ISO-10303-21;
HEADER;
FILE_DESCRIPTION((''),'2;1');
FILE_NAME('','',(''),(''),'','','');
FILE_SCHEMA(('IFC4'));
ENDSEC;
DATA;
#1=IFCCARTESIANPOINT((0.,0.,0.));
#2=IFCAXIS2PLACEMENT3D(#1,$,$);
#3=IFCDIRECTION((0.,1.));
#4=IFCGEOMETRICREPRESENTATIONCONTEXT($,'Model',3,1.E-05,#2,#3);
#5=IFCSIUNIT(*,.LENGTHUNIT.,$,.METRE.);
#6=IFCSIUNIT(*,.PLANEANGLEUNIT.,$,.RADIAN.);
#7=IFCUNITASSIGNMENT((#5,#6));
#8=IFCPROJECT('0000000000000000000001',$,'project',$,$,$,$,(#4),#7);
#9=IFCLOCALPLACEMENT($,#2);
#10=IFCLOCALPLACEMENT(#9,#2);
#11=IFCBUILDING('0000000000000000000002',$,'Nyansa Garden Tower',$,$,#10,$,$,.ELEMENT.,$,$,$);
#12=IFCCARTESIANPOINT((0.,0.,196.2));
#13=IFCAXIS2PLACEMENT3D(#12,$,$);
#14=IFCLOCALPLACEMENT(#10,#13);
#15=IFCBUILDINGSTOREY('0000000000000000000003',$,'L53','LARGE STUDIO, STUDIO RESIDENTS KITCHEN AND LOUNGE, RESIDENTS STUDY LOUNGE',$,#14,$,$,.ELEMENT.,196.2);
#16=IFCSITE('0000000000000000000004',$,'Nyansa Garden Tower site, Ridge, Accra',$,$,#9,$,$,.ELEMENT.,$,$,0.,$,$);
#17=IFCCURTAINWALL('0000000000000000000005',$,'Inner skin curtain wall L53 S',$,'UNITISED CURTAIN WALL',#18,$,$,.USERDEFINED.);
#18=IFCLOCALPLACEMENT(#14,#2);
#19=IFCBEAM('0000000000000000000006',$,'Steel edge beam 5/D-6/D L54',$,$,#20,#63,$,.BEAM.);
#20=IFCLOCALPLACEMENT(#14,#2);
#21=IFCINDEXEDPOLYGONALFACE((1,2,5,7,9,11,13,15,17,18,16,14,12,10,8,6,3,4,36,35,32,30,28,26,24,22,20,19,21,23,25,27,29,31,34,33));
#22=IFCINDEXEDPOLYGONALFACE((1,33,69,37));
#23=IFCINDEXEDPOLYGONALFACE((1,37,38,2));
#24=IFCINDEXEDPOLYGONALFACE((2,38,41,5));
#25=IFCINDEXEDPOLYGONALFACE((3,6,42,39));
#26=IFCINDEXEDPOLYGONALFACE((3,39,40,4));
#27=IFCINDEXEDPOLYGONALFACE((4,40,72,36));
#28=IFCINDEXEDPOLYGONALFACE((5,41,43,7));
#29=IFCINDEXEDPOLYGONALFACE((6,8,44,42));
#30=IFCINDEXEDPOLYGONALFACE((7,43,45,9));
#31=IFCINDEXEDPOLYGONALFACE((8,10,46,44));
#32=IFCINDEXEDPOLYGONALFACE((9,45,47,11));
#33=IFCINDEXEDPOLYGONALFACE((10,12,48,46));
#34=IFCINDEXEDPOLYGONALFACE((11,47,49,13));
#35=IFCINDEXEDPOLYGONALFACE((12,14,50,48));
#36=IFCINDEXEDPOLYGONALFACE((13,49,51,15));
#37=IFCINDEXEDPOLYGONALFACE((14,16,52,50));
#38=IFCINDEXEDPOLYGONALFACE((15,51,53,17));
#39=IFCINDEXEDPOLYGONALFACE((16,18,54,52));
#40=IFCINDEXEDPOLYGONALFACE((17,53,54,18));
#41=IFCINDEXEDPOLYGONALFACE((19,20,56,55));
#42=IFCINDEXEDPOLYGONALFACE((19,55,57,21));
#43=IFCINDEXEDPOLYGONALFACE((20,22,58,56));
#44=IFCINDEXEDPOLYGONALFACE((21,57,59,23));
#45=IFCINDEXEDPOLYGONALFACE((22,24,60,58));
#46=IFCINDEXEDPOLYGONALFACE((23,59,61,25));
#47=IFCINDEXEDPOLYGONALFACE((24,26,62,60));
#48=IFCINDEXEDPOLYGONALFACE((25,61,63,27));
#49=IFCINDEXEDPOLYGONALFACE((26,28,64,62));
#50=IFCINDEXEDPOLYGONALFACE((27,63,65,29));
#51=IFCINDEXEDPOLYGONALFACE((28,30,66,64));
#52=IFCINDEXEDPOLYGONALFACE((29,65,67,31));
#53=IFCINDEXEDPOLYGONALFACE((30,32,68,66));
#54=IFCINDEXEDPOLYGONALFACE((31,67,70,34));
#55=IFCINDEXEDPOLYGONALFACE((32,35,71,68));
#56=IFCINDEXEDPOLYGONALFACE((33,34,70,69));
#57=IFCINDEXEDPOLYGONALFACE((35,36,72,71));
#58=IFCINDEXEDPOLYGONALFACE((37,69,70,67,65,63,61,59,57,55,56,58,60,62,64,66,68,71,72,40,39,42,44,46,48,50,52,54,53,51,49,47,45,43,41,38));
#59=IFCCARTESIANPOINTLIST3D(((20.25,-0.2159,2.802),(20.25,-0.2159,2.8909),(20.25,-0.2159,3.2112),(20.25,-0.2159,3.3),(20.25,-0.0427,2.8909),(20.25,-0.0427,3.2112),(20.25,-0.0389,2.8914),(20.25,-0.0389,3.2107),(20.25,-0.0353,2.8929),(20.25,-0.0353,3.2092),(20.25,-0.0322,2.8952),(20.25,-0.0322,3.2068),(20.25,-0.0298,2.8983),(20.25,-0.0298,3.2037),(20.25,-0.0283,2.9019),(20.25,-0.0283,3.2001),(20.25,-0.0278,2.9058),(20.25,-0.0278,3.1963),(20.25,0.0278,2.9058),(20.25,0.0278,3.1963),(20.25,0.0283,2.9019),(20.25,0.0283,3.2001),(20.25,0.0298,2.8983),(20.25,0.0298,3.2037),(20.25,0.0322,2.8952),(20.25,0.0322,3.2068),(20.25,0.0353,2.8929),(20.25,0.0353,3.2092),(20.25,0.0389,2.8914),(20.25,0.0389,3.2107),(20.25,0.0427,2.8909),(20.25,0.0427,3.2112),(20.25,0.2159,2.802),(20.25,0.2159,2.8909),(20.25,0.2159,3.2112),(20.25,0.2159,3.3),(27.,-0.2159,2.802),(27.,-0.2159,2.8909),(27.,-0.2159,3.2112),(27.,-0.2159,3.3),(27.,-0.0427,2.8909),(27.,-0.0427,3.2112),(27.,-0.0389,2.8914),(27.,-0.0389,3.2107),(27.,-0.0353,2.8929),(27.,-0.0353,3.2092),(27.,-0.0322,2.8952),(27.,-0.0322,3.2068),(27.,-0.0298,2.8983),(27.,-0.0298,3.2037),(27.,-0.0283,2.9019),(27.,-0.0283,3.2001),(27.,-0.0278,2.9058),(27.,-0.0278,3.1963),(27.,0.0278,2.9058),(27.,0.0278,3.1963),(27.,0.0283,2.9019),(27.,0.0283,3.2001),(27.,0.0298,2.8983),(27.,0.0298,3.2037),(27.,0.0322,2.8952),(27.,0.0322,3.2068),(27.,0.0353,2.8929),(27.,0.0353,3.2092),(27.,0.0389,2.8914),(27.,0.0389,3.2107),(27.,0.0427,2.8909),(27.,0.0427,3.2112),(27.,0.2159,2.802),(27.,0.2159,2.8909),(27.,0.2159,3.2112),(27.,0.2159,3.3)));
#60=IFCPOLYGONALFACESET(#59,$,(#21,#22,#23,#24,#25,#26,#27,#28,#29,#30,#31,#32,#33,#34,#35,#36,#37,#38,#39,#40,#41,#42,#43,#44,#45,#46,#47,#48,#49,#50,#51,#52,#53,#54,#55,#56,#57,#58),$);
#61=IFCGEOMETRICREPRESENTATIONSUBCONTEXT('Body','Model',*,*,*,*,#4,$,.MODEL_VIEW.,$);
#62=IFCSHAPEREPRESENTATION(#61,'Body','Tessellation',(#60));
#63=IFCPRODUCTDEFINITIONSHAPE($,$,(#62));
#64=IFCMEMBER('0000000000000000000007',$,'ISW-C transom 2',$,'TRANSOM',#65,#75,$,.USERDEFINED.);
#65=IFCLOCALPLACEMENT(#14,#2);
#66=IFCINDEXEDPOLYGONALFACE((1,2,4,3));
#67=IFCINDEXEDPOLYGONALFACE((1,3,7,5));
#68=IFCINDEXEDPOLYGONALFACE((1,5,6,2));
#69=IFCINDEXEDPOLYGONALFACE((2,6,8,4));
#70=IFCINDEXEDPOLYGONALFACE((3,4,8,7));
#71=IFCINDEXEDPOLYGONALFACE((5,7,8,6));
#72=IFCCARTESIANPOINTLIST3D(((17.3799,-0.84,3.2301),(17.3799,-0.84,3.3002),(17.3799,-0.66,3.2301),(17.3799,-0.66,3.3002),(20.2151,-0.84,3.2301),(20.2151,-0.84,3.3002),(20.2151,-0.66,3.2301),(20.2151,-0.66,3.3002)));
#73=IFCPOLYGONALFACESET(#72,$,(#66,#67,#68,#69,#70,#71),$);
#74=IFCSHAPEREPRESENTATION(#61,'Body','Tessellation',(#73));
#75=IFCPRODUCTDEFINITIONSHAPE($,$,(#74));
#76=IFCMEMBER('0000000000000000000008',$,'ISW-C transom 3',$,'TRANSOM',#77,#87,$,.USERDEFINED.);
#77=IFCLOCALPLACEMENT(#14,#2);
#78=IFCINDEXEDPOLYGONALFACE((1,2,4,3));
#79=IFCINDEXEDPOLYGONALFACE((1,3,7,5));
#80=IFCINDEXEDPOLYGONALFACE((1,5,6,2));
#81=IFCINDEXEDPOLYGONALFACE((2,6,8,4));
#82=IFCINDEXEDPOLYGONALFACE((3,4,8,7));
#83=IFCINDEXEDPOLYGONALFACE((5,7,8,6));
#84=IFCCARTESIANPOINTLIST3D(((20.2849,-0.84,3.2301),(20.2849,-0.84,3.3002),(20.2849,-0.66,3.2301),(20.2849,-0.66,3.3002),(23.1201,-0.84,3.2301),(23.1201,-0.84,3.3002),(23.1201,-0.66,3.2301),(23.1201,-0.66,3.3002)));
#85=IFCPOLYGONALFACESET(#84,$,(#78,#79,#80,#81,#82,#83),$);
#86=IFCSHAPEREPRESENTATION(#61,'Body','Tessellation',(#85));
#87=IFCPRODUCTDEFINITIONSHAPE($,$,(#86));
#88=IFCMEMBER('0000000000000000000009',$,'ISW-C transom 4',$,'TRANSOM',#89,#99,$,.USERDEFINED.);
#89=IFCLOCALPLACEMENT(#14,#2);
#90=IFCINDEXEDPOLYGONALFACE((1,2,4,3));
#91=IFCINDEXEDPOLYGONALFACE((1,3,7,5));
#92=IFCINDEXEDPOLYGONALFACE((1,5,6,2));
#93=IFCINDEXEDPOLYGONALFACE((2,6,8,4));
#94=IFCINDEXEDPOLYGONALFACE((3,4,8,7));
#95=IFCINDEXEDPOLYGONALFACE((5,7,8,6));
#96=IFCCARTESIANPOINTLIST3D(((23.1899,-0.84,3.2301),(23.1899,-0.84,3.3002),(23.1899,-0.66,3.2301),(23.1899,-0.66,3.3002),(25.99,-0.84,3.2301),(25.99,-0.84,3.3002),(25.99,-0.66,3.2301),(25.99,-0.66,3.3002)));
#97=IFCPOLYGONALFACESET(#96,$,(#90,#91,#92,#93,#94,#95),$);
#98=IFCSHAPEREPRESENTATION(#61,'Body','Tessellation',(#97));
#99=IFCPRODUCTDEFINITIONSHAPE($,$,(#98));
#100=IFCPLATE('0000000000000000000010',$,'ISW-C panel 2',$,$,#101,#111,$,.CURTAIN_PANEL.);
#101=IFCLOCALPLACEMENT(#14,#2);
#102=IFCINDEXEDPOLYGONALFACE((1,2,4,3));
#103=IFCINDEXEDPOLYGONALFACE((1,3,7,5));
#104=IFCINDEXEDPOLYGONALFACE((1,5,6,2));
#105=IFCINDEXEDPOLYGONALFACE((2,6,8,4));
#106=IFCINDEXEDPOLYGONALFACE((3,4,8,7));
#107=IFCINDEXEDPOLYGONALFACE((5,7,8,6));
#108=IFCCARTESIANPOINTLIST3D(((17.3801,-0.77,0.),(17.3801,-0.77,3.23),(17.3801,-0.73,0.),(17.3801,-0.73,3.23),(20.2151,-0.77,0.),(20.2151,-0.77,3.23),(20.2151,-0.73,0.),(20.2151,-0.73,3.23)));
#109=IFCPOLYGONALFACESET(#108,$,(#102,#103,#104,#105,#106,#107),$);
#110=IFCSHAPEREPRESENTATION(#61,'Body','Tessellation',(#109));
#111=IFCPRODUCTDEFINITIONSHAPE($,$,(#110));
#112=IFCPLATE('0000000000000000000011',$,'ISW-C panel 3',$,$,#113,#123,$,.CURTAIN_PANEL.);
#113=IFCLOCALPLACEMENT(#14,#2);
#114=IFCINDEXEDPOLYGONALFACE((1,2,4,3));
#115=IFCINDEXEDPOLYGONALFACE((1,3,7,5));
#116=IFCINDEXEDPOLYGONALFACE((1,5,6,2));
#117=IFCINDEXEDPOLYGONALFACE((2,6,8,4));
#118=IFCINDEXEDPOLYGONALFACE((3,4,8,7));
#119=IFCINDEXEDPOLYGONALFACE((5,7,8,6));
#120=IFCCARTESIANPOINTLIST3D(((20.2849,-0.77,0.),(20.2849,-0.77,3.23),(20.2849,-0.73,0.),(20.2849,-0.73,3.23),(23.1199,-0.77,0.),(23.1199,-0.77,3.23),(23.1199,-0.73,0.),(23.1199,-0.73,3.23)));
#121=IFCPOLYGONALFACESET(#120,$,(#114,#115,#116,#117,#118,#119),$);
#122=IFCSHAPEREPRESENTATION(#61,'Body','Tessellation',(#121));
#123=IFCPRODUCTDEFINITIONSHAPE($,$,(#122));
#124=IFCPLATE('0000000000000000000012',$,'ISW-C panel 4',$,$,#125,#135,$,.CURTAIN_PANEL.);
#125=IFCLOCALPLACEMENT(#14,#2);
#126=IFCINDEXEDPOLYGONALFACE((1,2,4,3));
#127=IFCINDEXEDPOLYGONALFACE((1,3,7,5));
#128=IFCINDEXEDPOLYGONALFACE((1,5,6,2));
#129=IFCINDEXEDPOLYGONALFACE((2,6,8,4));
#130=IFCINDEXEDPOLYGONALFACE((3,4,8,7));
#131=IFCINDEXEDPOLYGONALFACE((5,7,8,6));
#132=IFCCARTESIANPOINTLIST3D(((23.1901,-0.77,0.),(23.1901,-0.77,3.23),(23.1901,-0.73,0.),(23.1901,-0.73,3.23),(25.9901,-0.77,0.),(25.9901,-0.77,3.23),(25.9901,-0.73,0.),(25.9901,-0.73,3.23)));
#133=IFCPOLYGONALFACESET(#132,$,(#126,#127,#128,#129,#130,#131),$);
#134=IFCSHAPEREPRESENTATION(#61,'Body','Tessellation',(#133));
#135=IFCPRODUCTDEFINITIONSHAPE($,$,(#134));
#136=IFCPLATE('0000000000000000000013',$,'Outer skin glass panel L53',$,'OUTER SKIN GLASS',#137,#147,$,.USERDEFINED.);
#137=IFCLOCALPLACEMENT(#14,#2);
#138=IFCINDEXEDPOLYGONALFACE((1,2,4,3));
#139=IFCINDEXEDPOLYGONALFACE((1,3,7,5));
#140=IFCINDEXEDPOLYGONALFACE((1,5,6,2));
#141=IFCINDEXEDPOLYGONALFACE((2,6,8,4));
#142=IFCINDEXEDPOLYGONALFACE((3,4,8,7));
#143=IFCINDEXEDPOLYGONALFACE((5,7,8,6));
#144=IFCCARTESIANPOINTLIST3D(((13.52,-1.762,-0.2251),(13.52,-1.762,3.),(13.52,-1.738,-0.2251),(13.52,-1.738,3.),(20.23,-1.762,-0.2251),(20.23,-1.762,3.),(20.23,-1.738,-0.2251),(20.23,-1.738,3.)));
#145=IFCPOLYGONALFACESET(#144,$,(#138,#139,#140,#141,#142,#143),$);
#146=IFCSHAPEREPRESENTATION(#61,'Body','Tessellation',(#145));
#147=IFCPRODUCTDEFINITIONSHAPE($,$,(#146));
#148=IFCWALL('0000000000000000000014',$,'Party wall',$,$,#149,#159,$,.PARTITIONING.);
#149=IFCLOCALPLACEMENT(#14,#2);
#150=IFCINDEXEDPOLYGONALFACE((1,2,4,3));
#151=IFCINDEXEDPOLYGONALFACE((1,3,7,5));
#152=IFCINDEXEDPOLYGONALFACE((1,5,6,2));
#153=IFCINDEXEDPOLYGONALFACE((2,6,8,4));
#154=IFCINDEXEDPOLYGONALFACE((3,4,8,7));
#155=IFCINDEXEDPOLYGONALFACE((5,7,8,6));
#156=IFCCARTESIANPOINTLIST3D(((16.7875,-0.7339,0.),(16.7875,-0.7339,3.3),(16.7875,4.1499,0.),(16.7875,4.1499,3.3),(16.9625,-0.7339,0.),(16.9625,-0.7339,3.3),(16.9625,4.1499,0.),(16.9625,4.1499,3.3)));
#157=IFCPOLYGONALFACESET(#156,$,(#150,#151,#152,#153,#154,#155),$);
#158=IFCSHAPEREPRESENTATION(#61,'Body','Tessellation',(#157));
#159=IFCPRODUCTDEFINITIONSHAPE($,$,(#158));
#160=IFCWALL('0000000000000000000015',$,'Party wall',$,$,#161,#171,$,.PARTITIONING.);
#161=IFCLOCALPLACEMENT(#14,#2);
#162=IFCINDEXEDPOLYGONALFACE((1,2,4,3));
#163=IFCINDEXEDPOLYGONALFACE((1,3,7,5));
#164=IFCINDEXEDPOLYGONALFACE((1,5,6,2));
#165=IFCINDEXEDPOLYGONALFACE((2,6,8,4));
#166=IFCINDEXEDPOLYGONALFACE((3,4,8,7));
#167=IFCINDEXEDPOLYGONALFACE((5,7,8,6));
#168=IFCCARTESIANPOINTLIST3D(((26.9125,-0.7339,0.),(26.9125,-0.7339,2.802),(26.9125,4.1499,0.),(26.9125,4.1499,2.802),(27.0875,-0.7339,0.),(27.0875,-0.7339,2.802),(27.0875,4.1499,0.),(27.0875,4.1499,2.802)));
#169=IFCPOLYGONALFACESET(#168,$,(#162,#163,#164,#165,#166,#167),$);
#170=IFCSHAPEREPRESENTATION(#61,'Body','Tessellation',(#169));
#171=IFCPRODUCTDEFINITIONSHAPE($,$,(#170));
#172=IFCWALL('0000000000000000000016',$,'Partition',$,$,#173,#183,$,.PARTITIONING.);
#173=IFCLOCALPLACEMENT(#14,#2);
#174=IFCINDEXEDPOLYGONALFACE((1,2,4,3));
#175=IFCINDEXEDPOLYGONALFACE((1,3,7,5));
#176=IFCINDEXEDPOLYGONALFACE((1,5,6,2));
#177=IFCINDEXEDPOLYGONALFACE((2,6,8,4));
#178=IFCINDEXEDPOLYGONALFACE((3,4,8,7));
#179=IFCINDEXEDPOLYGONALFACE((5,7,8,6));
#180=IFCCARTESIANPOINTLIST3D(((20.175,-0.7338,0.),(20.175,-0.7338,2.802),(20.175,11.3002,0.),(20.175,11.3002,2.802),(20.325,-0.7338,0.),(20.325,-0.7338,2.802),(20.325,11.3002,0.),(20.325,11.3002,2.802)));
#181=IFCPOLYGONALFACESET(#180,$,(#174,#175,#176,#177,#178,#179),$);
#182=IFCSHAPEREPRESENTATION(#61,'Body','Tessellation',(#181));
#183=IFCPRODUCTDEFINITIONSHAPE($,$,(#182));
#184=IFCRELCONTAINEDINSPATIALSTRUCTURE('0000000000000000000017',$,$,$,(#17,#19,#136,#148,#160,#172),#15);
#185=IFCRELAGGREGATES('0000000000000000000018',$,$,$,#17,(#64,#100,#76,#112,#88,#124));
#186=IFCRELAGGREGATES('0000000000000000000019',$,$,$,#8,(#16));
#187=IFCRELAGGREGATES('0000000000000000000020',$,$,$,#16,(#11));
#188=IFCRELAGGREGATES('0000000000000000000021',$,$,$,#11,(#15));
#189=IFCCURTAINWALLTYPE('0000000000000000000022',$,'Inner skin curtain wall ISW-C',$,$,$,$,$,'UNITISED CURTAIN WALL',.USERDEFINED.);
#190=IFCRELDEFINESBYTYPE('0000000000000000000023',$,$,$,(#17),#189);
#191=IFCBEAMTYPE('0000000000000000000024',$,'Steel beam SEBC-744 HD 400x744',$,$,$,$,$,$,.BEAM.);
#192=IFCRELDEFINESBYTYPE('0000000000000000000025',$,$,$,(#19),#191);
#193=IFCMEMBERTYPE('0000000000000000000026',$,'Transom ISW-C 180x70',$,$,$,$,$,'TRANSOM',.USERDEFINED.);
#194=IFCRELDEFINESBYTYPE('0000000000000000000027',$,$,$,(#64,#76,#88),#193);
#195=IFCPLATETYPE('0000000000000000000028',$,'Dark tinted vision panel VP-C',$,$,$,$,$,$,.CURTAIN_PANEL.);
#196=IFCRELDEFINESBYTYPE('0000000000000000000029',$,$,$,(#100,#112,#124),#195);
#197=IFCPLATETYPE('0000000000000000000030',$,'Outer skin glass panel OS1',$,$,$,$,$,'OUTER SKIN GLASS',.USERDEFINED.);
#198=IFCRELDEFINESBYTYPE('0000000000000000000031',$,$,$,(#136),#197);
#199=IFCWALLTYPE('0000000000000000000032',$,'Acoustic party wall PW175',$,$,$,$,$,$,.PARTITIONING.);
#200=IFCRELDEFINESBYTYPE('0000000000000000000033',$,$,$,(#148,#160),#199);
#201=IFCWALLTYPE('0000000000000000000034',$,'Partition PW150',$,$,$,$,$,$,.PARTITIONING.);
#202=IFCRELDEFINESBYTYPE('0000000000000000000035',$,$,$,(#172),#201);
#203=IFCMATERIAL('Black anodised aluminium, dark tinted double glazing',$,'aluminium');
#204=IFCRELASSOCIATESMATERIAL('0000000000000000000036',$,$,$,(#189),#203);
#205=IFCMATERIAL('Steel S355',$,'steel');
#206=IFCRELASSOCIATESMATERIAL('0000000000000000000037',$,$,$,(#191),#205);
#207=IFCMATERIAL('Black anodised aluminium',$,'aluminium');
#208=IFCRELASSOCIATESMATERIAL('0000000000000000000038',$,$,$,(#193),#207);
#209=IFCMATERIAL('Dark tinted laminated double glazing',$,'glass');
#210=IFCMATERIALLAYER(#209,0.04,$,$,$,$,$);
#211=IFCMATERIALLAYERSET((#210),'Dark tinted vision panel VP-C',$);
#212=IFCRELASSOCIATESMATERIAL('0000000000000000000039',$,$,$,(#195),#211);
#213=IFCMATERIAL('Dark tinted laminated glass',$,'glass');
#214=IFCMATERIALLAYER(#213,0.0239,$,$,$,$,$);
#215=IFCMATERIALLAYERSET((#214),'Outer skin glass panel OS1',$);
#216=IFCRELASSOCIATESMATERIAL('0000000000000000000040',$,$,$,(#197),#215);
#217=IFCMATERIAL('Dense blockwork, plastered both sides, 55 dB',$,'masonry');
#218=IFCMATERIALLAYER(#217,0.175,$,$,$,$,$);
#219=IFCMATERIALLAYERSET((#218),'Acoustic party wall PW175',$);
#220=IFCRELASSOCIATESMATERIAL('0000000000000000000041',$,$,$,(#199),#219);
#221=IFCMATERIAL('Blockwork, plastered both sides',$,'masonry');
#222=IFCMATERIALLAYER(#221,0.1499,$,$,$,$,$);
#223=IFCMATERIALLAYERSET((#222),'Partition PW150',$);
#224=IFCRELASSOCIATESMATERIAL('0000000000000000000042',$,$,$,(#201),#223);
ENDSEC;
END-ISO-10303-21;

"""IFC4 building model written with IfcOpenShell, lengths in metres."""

from ifc_helpers import new_model, si_unit, direction, frame, frame_2d, origin, origin_2d, place, context, subcontext, project, spatial, rectangle, i_section, extrude, material, layer, layer_set, material_profile, profile_set, type_object, element, aggregate, save


model = new_model("IFC4")

# Units and contexts
model_context = context("Model", 3, precision=1e-05, world=origin(), true_north=direction((0.0, 1.0)))
body_context = subcontext(model_context, "Body", "Model", "MODEL_VIEW")
ifc_project = project(units=[si_unit("LENGTHUNIT", "METRE"), si_unit("PLANEANGLEUNIT", "RADIAN")], contexts=[model_context])

# Site, building, storey
site_placement = place(None, origin())
site = spatial("IfcSite", under=ifc_project, at=site_placement, Name="Nyansa Garden Tower site, Ridge, Accra", CompositionType="ELEMENT", RefElevation=0.0)
building_placement = place(site_placement, origin())
building = spatial("IfcBuilding", under=site, at=building_placement, Name="Nyansa Garden Tower", CompositionType="ELEMENT")
storey_placement = place(building_placement, frame((0.0, 0.0, 196.2)))
storey = spatial("IfcBuildingStorey", under=building, at=storey_placement, Name="L53", Description="LARGE STUDIO, STUDIO RESIDENTS KITCHEN AND LOUNGE, RESIDENTS STUDY LOUNGE", CompositionType="ELEMENT", Elevation=196.2)

# Curtain wall
ifc_material_1 = material(Name="Black anodised aluminium, dark tinted double glazing", Category="aluminium")
curtain_wall_type = type_object("IfcCurtainWallType", Name="Inner skin curtain wall ISW-C", ElementType="UNITISED CURTAIN WALL", PredefinedType="USERDEFINED", material=ifc_material_1)
curtain_wall_placement = place(storey_placement, origin())
curtain_wall = element("IfcCurtainWall", 1, at=curtain_wall_placement, inside=storey, type_object=curtain_wall_type, Name="Inner skin curtain wall L53 S", ObjectType="UNITISED CURTAIN WALL", PredefinedType="USERDEFINED")

# Beam
ifc_material_2 = material(Name="Steel S355", Category="steel")
ifc_material_profile_1 = material_profile(ifc_material_2, i_section(OverallWidth=0.4319, OverallDepth=0.498, WebThickness=0.0557, FlangeThickness=0.0889, FilletRadius=0.0149, at=origin_2d()), Name="HD 400x744")
ifc_profile_set_1 = profile_set([ifc_material_profile_1], Name="Steel S355")
beam_type_1 = type_object("IfcBeamType", Name="Steel beam SEBC-744 HD 400x744", PredefinedType="BEAM", material=ifc_profile_set_1)
beam_1_placement = place(storey_placement, frame((20.25, 0.0, 3.051), z_axis=(1.0, 0.0, 0.0), x_axis=(0.0, 1.0, 0.0)))
element("IfcBeam", 2, at=beam_1_placement, inside=storey, type_object=beam_type_1, Name="Steel edge beam 5/D-6/D L54", PredefinedType="BEAM", context=body_context, shape_type="SweptSolid", body=[
    extrude(i_section(OverallWidth=0.4319, OverallDepth=0.498, WebThickness=0.0557, FlangeThickness=0.0889, FilletRadius=0.0149, at=origin_2d()), origin(), (0.0, 0.0, 1.0), 6.75),
])

# Members
ifc_material_3 = material(Name="Black anodised aluminium", Category="aluminium")
ifc_material_profile_2 = material_profile(ifc_material_3, rectangle(XDim=0.1799, YDim=0.0701, at=origin_2d()), Name="Transom 180x70")
ifc_profile_set_2 = profile_set([ifc_material_profile_2], Name="Black anodised aluminium")
member_type_1 = type_object("IfcMemberType", Name="Transom ISW-C 180x70", ElementType="TRANSOM", PredefinedType="USERDEFINED", material=ifc_profile_set_2)
member_1_placement = place(storey_placement, frame((17.3799, -0.75, 3.2651), z_axis=(1.0, 0.0, 0.0), x_axis=(0.0, 1.0, 0.0)))
member_1 = element("IfcMember", 3, at=member_1_placement, type_object=member_type_1, Name="ISW-C transom 2", ObjectType="TRANSOM", PredefinedType="USERDEFINED", context=body_context, shape_type="SweptSolid", body=[
    extrude(rectangle(XDim=0.1799, YDim=0.0701, at=origin_2d()), origin(), (0.0, 0.0, 1.0), 2.8352),
])
member_2_placement = place(storey_placement, frame((20.2849, -0.75, 3.2651), z_axis=(1.0, 0.0, 0.0), x_axis=(0.0, 1.0, 0.0)))
member_2 = element("IfcMember", 4, at=member_2_placement, type_object=member_type_1, Name="ISW-C transom 3", ObjectType="TRANSOM", PredefinedType="USERDEFINED", context=body_context, shape_type="SweptSolid", body=[
    extrude(rectangle(XDim=0.1799, YDim=0.0701, at=origin_2d()), origin(), (0.0, 0.0, 1.0), 2.8352),
])
member_3_placement = place(storey_placement, frame((23.1899, -0.75, 3.2651), z_axis=(1.0, 0.0, 0.0), x_axis=(0.0, 1.0, 0.0)))
member_3 = element("IfcMember", 5, at=member_3_placement, type_object=member_type_1, Name="ISW-C transom 4", ObjectType="TRANSOM", PredefinedType="USERDEFINED", context=body_context, shape_type="SweptSolid", body=[
    extrude(rectangle(XDim=0.1799, YDim=0.0701, at=origin_2d()), origin(), (0.0, 0.0, 1.0), 2.8),
])

# Plates
ifc_material_4 = material(Name="Dark tinted laminated double glazing", Category="glass")
ifc_layer_1 = layer(ifc_material_4, 0.04)
ifc_layer_set_1 = layer_set([ifc_layer_1], Name="Dark tinted vision panel VP-C")
plate_type_1 = type_object("IfcPlateType", Name="Dark tinted vision panel VP-C", PredefinedType="CURTAIN_PANEL", material=ifc_layer_set_1)
plate_1_placement = place(storey_placement, frame((18.7976, -0.75, 0.0), z_axis=(0.0, 0.0, 1.0), x_axis=(1.0, 0.0, 0.0)))
plate_1 = element("IfcPlate", 6, at=plate_1_placement, type_object=plate_type_1, Name="ISW-C panel 2", PredefinedType="CURTAIN_PANEL", context=body_context, shape_type="SweptSolid", body=[
    extrude(rectangle(XDim=2.835, YDim=0.04, at=origin_2d()), origin(), (0.0, 0.0, 1.0), 3.23),
])
plate_2_placement = place(storey_placement, frame((21.7024, -0.75, 0.0), z_axis=(0.0, 0.0, 1.0), x_axis=(1.0, 0.0, 0.0)))
plate_2 = element("IfcPlate", 7, at=plate_2_placement, type_object=plate_type_1, Name="ISW-C panel 3", PredefinedType="CURTAIN_PANEL", context=body_context, shape_type="SweptSolid", body=[
    extrude(rectangle(XDim=2.835, YDim=0.04, at=origin_2d()), origin(), (0.0, 0.0, 1.0), 3.23),
])
plate_3_placement = place(storey_placement, frame((24.5901, -0.75, 0.0), z_axis=(0.0, 0.0, 1.0), x_axis=(1.0, 0.0, 0.0)))
plate_3 = element("IfcPlate", 8, at=plate_3_placement, type_object=plate_type_1, Name="ISW-C panel 4", PredefinedType="CURTAIN_PANEL", context=body_context, shape_type="SweptSolid", body=[
    extrude(rectangle(XDim=2.8, YDim=0.04, at=origin_2d()), origin(), (0.0, 0.0, 1.0), 3.23),
])
aggregate(curtain_wall, [member_1, plate_1, member_2, plate_2, member_3, plate_3])
ifc_material_5 = material(Name="Dark tinted laminated glass", Category="glass")
ifc_layer_2 = layer(ifc_material_5, 0.0239)
ifc_layer_set_2 = layer_set([ifc_layer_2], Name="Outer skin glass panel OS1")
plate_type_2 = type_object("IfcPlateType", Name="Outer skin glass panel OS1", ElementType="OUTER SKIN GLASS", PredefinedType="USERDEFINED", material=ifc_layer_set_2)
plate_4_placement = place(storey_placement, frame((16.875, -1.75, -0.2251), z_axis=(0.0, 0.0, 1.0), x_axis=(1.0, 0.0, 0.0)))
element("IfcPlate", 9, at=plate_4_placement, inside=storey, type_object=plate_type_2, Name="Outer skin glass panel L53", ObjectType="OUTER SKIN GLASS", PredefinedType="USERDEFINED", context=body_context, shape_type="SweptSolid", body=[
    extrude(rectangle(XDim=6.71, YDim=0.0239, at=origin_2d()), origin(), (0.0, 0.0, 1.0), 3.2251),
])

# Walls
ifc_material_6 = material(Name="Dense blockwork, plastered both sides, 55 dB", Category="masonry")
ifc_layer_3 = layer(ifc_material_6, 0.175)
ifc_layer_set_3 = layer_set([ifc_layer_3], Name="Acoustic party wall PW175")
wall_type_1 = type_object("IfcWallType", Name="Acoustic party wall PW175", PredefinedType="PARTITIONING", material=ifc_layer_set_3)
wall_1_placement = place(storey_placement, frame((16.875, -0.7339, 0.0), z_axis=(0.0, 0.0, 1.0), x_axis=(0.0, 1.0, 0.0)))
element("IfcWall", 10, at=wall_1_placement, inside=storey, type_object=wall_type_1, Name="Party wall", PredefinedType="PARTITIONING", context=body_context, shape_type="SweptSolid", body=[
    extrude(rectangle(XDim=4.8838, YDim=0.175, at=frame_2d((2.4419, 0.0))), origin(), (0.0, 0.0, 1.0), 3.3),
])
wall_2_placement = place(storey_placement, frame((27.0, -0.7339, 0.0), z_axis=(0.0, 0.0, 1.0), x_axis=(0.0, 1.0, 0.0)))
element("IfcWall", 11, at=wall_2_placement, inside=storey, type_object=wall_type_1, Name="Party wall", PredefinedType="PARTITIONING", context=body_context, shape_type="SweptSolid", body=[
    extrude(rectangle(XDim=4.8838, YDim=0.175, at=frame_2d((2.4419, 0.0))), origin(), (0.0, 0.0, 1.0), 2.802),
])
ifc_material_7 = material(Name="Blockwork, plastered both sides", Category="masonry")
ifc_layer_4 = layer(ifc_material_7, 0.1499)
ifc_layer_set_4 = layer_set([ifc_layer_4], Name="Partition PW150")
wall_type_2 = type_object("IfcWallType", Name="Partition PW150", PredefinedType="PARTITIONING", material=ifc_layer_set_4)
wall_3_placement = place(storey_placement, frame((20.25, -0.7339, 0.0), z_axis=(0.0, 0.0, 1.0), x_axis=(0.0, 1.0, 0.0)))
element("IfcWall", 12, at=wall_3_placement, inside=storey, type_object=wall_type_2, Name="Partition", PredefinedType="PARTITIONING", context=body_context, shape_type="SweptSolid", body=[
    extrude(rectangle(XDim=12.0339, YDim=0.1499, at=frame_2d((6.0171, 0.0))), origin(), (0.0, 0.0, 1.0), 2.802),
])

save(model, "model.ifc")
